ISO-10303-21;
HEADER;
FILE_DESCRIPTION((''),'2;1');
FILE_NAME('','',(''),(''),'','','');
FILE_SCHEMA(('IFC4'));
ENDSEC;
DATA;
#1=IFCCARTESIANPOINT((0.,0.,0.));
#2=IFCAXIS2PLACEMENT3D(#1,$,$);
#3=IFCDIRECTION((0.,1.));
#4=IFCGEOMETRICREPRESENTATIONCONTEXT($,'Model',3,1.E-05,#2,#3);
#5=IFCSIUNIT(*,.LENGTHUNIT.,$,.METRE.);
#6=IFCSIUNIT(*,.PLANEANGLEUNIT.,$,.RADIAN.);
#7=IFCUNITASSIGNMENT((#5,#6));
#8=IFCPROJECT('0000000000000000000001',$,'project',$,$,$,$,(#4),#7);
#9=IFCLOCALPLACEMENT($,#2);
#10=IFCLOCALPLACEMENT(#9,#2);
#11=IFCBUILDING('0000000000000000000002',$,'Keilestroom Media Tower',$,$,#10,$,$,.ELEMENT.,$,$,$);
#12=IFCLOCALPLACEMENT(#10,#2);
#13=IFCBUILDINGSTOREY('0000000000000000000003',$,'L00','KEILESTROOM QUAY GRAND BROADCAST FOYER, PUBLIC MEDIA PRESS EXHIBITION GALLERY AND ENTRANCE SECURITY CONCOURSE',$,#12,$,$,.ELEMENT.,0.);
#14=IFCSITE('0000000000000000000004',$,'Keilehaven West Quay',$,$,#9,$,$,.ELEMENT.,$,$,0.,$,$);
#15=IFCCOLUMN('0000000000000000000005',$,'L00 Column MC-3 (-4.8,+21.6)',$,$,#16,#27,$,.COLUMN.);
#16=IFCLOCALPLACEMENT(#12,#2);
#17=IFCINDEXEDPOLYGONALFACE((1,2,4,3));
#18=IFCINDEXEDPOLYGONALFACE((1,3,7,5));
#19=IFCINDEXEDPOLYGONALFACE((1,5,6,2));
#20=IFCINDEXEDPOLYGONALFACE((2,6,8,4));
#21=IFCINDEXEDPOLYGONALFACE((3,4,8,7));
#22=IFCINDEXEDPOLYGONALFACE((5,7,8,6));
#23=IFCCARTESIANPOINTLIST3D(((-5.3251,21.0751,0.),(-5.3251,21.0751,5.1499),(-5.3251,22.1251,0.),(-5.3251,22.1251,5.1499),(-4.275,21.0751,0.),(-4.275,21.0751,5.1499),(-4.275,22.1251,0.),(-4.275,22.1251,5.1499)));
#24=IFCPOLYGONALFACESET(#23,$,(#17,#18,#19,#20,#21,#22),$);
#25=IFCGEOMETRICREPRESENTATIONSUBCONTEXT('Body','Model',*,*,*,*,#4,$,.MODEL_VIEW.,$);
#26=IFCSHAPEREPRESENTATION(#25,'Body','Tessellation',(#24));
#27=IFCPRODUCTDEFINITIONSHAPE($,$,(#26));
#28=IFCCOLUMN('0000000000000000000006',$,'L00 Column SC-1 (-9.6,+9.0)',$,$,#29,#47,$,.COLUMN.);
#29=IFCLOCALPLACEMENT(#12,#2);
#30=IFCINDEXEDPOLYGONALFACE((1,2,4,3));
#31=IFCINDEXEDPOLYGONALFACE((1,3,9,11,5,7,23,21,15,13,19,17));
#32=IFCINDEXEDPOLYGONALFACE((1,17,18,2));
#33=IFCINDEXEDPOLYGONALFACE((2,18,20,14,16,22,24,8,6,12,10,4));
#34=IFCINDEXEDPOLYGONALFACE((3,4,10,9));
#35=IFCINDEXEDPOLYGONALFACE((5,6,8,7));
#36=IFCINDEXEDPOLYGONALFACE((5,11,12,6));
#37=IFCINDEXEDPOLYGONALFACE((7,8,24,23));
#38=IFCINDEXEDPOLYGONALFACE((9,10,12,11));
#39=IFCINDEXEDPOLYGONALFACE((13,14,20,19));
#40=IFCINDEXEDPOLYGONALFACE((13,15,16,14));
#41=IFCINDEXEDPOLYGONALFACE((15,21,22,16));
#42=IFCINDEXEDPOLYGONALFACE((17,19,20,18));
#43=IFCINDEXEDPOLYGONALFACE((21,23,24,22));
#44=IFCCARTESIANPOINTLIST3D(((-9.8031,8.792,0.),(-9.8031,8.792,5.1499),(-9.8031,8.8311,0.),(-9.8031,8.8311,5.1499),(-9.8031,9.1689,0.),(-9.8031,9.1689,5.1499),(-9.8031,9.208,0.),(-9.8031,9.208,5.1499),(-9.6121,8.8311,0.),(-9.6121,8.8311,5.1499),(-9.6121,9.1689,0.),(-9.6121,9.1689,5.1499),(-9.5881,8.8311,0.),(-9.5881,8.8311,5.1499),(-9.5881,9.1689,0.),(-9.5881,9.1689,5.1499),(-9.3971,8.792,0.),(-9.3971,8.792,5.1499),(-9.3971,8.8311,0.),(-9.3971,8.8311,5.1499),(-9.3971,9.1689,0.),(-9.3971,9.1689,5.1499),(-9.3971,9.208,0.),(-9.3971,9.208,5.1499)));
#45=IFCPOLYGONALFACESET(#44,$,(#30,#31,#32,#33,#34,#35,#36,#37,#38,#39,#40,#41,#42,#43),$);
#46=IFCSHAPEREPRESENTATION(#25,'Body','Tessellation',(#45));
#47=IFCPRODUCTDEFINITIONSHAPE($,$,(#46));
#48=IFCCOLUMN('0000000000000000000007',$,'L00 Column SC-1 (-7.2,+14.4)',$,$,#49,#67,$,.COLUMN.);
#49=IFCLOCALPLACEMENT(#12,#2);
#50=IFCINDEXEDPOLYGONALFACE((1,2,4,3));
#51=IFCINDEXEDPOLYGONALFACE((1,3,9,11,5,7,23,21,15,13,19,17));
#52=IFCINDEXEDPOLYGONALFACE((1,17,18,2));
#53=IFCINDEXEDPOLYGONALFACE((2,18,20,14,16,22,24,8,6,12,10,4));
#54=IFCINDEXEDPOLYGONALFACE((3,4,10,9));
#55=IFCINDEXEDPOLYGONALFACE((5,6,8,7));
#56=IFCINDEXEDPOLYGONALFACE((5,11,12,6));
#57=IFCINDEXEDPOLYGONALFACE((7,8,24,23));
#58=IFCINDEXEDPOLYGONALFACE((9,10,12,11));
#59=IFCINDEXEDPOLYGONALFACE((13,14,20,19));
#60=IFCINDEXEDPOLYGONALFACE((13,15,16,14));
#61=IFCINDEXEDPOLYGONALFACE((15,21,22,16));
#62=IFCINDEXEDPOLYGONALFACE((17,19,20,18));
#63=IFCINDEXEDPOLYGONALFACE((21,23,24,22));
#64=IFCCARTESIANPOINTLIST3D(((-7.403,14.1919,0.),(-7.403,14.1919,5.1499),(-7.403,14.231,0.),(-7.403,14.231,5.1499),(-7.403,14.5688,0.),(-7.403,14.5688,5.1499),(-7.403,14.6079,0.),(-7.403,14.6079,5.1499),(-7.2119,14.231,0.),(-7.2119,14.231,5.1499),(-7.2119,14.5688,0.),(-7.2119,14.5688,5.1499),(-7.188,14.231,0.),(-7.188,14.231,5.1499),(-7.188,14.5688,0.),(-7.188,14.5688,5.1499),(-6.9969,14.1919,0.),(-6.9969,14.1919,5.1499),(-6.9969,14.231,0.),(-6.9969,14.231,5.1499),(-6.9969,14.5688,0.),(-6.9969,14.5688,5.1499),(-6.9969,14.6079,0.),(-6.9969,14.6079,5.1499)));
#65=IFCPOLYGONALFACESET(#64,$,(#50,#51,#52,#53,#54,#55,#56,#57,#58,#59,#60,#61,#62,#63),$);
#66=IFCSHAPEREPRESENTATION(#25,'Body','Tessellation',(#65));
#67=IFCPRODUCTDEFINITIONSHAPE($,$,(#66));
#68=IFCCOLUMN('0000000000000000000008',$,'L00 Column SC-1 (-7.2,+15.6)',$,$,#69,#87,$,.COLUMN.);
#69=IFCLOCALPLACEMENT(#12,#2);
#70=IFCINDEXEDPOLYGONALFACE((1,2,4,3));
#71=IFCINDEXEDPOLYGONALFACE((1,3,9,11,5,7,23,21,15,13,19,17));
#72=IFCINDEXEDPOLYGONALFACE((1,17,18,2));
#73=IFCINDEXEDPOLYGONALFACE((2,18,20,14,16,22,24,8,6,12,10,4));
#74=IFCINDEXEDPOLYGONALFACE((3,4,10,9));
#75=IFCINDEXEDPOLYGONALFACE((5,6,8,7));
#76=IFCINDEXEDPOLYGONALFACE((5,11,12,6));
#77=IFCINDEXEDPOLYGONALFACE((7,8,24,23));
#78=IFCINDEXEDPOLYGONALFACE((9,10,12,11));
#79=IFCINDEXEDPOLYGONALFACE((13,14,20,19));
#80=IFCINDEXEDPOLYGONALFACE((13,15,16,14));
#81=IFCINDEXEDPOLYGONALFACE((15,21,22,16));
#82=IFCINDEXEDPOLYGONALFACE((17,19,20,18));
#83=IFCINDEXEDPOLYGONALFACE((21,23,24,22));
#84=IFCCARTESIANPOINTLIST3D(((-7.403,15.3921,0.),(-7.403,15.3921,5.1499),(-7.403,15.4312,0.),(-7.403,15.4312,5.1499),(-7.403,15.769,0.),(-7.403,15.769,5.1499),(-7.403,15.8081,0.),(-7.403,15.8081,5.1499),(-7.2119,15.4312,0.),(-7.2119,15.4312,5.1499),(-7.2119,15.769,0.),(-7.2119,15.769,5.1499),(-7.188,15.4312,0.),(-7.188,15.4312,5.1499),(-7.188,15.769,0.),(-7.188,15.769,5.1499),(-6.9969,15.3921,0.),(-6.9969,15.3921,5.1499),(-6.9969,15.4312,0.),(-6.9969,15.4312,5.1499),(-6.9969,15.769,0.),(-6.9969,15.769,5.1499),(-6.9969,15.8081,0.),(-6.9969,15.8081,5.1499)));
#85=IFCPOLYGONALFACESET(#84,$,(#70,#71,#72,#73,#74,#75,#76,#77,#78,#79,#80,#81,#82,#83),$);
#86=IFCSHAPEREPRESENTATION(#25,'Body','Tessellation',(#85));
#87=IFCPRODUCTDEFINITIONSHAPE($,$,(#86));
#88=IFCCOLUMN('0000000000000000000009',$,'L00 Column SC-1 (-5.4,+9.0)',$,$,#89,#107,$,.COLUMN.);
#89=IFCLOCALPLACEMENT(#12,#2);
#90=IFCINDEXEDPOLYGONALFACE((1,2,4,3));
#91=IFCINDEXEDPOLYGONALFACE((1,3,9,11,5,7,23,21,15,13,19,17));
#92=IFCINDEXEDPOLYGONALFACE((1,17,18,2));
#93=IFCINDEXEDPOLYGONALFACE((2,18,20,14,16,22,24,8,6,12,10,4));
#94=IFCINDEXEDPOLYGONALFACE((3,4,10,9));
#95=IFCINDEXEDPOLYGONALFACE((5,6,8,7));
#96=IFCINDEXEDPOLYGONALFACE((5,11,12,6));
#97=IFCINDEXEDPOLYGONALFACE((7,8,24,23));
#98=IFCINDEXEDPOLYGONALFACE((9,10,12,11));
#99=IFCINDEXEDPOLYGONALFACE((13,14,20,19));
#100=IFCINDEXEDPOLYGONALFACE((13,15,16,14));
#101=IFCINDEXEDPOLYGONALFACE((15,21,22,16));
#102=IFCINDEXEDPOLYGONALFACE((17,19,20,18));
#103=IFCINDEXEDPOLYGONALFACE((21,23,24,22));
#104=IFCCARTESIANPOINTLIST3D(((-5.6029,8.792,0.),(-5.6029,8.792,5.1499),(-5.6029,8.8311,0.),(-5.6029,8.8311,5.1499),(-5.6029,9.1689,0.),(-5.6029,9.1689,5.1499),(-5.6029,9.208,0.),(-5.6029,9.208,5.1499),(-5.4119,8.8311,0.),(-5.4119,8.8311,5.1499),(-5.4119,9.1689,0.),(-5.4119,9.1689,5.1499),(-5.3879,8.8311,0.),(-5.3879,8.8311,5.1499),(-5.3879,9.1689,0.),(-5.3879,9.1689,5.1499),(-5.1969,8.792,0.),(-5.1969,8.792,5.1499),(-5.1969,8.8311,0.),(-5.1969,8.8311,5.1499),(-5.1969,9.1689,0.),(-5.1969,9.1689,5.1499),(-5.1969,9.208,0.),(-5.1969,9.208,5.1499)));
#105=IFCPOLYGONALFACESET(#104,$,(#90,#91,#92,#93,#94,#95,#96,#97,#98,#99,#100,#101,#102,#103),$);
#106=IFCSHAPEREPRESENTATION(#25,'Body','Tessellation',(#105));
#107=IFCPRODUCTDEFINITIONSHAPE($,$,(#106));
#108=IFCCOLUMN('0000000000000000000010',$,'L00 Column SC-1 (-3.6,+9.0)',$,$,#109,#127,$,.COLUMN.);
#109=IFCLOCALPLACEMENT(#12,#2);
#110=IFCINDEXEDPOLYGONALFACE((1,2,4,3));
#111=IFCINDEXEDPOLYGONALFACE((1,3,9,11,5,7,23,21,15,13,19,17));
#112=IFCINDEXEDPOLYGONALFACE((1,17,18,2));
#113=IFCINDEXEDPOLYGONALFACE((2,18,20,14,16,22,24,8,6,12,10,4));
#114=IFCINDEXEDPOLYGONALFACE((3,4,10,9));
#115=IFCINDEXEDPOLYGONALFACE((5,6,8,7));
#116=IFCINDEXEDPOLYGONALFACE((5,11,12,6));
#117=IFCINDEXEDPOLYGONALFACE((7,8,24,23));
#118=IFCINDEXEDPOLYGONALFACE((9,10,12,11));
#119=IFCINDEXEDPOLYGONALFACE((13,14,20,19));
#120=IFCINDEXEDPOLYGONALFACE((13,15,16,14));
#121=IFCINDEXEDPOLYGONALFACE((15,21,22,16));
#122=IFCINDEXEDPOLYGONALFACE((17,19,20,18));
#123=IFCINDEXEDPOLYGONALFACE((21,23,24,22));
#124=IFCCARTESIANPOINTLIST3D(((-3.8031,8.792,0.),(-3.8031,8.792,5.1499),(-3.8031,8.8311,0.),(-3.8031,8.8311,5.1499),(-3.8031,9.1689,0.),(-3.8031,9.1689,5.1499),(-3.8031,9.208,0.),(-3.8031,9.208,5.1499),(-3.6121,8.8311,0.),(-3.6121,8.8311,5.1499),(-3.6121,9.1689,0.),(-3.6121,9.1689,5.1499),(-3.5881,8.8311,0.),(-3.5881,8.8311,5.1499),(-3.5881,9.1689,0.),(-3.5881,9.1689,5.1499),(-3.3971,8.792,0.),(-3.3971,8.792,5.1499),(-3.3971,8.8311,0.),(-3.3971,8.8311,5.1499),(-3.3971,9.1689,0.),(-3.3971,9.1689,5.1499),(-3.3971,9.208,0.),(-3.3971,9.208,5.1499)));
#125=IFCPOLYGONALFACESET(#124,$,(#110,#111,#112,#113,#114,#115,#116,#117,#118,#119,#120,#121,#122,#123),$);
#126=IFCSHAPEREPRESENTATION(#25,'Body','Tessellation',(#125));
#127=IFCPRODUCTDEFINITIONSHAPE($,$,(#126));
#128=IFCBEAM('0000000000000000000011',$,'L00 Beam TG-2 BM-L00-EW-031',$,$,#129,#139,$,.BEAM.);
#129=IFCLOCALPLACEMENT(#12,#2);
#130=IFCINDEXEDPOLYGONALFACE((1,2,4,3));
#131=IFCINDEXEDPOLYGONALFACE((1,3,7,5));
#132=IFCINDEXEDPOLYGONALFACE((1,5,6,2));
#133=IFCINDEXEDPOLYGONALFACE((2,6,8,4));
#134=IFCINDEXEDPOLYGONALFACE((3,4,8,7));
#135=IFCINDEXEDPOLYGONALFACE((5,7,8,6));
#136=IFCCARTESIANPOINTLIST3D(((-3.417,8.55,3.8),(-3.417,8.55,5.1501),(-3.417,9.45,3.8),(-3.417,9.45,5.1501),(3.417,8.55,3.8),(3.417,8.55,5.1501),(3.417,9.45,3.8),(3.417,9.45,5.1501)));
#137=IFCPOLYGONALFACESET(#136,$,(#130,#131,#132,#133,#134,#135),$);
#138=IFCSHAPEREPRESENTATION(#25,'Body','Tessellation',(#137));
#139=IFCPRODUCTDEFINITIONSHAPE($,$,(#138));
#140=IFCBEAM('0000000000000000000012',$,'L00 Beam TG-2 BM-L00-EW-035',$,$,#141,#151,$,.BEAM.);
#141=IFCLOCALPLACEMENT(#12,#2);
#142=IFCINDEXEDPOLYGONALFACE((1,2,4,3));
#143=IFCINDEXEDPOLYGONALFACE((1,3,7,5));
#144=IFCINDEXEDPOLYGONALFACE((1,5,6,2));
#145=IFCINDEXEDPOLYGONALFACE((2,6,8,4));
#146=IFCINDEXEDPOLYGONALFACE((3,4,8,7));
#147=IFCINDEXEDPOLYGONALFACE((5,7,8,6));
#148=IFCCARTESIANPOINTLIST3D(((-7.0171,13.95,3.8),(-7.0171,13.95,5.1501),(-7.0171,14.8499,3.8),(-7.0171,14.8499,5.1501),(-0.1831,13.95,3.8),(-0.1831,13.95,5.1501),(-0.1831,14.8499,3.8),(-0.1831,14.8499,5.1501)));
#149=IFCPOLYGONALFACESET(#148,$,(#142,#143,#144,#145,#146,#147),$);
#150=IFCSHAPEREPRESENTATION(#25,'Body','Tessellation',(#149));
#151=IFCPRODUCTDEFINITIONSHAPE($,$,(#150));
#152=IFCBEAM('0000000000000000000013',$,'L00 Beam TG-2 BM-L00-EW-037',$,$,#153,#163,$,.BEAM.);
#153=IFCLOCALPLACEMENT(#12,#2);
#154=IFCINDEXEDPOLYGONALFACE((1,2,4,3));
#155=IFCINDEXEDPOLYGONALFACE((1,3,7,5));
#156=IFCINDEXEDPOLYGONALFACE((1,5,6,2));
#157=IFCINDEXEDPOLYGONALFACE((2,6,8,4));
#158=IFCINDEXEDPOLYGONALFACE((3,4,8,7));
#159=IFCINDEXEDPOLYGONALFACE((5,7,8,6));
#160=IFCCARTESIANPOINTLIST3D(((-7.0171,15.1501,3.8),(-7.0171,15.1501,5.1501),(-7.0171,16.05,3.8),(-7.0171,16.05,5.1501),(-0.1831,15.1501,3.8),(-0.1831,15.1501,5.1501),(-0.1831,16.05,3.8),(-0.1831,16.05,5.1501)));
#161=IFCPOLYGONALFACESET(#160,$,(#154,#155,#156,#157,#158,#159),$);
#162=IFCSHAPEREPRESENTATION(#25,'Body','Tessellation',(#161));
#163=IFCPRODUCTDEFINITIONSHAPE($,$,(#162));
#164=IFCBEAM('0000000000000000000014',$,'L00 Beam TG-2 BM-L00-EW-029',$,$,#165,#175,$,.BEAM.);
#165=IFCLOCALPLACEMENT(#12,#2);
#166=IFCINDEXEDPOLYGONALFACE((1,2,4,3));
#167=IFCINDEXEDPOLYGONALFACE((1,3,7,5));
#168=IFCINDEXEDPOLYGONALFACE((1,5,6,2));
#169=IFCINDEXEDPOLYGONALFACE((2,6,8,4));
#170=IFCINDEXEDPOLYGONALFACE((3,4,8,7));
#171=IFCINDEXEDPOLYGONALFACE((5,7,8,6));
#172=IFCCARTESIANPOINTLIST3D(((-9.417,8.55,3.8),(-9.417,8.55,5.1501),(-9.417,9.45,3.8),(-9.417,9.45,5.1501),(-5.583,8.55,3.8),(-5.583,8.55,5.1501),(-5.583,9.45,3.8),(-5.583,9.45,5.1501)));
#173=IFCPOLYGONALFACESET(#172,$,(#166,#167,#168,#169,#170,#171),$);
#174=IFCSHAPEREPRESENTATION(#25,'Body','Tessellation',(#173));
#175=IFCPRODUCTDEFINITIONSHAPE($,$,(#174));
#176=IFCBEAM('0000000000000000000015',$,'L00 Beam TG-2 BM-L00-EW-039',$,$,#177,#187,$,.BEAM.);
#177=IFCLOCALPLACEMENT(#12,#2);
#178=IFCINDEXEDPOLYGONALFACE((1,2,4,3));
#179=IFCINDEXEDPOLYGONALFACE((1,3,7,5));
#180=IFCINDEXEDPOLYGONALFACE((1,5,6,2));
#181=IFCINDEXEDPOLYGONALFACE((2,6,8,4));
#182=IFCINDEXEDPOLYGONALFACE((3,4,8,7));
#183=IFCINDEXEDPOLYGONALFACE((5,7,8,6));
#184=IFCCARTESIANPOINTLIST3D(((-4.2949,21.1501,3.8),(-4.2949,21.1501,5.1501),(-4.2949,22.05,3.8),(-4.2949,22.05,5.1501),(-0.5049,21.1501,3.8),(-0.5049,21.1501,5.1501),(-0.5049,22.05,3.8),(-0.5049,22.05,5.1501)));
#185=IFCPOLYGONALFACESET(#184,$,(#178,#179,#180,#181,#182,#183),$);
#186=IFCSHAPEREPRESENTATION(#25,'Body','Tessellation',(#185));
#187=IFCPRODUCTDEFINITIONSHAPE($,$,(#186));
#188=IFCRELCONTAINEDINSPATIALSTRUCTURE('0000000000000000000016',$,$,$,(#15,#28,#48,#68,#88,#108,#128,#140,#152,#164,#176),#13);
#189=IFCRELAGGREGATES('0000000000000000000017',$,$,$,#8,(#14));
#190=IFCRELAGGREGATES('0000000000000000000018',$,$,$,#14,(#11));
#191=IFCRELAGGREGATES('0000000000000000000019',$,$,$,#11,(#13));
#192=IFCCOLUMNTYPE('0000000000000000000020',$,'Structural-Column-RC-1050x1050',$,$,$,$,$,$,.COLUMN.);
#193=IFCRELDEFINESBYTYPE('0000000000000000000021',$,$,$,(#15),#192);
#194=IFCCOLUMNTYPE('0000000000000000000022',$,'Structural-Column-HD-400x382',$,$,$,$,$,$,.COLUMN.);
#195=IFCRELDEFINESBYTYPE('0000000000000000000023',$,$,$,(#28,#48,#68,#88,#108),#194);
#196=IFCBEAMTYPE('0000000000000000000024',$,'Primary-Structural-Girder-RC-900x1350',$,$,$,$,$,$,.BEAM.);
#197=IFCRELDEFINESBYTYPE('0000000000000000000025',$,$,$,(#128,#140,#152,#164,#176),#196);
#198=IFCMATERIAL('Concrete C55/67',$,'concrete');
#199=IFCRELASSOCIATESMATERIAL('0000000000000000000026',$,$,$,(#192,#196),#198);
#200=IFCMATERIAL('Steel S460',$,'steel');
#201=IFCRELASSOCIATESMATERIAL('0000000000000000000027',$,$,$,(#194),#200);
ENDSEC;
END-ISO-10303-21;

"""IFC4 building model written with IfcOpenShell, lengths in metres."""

from ifc_helpers import new_model, si_unit, direction, frame, origin, origin_2d, place, context, subcontext, project, spatial, rectangle, i_section, extrude, source, transform, mapped, material, material_profile, profile_set, type_object, element, save


model = new_model("IFC4")

# Units and contexts
model_context = context("Model", 3, precision=1e-05, world=origin(), true_north=direction((0.0, 1.0)))
body_context = subcontext(model_context, "Body", "Model", "MODEL_VIEW")
ifc_project = project(units=[si_unit("LENGTHUNIT", "METRE"), si_unit("PLANEANGLEUNIT", "RADIAN")], contexts=[model_context])

# Site, building, storey
site_placement = place(None, origin())
site = spatial("IfcSite", under=ifc_project, at=site_placement, Name="Keilehaven West Quay", CompositionType="ELEMENT", RefElevation=0.0)
building_placement = place(site_placement, origin())
building = spatial("IfcBuilding", under=site, at=building_placement, Name="Keilestroom Media Tower", CompositionType="ELEMENT")
storey_placement = place(building_placement, origin())
storey = spatial("IfcBuildingStorey", under=building, at=storey_placement, Name="L00", Description="KEILESTROOM QUAY GRAND BROADCAST FOYER, PUBLIC MEDIA PRESS EXHIBITION GALLERY AND ENTRANCE SECURITY CONCOURSE", CompositionType="ELEMENT", Elevation=0.0)

# Columns
ifc_material_1 = material(Name="Concrete C55/67", Category="concrete")
ifc_material_profile_1 = material_profile(ifc_material_1, rectangle(XDim=1.05, YDim=1.05, at=origin_2d()), Name="RC 1050x1050")
ifc_profile_set_1 = profile_set([ifc_material_profile_1], Name="Concrete C55/67")
column_type_1 = type_object("IfcColumnType", Name="Structural-Column-RC-1050x1050", PredefinedType="COLUMN", material=ifc_profile_set_1)
shared_shape_1 = source(origin(), body_context, "Body", "SweptSolid", [
    extrude(rectangle(XDim=1.05, YDim=1.05, at=origin_2d()), origin(), (0.0, 0.0, 1.0), 5.1499),
])
column_placement = place(storey_placement, frame((-4.8, 21.6001, 0.0), z_axis=(0.0, 0.0, 1.0), x_axis=(1.0, 0.0, 0.0)))
element("IfcColumn", 1, at=column_placement, inside=storey, type_object=column_type_1, Name="L00 Column MC-3 (-4.8,+21.6)", PredefinedType="COLUMN", context=body_context, shape_type="MappedRepresentation", body=[
    mapped(shared_shape_1, transform((0.0, 0.0, 0.0), x_axis=(1.0, 0.0, 0.0), y_axis=(0.0, 1.0, 0.0), z_axis=(0.0, 0.0, 1.0), scale=1.0)),
])
ifc_material_2 = material(Name="Steel S460", Category="steel")
ifc_material_profile_2 = material_profile(ifc_material_2, i_section(OverallWidth=0.406, OverallDepth=0.416, WebThickness=0.0239, FlangeThickness=0.0391, at=origin_2d()), Name="HD 400x382")
ifc_profile_set_2 = profile_set([ifc_material_profile_2], Name="Steel S460")
column_type_2 = type_object("IfcColumnType", Name="Structural-Column-HD-400x382", PredefinedType="COLUMN", material=ifc_profile_set_2)
shared_shape_2 = source(origin(), body_context, "Body", "SweptSolid", [
    extrude(i_section(OverallWidth=0.406, OverallDepth=0.416, WebThickness=0.0239, FlangeThickness=0.0391, at=origin_2d()), origin(), (0.0, 0.0, 1.0), 5.1499),
])
for number, where, z_axis, x_axis, name in (
    (2, (-9.6001, 9.0, 0.0), (0.0, 0.0, 1.0), (1.0, 0.0, 0.0), "L00 Column SC-1 (-9.6,+9.0)"),
    (3, (-7.2, 14.3999, 0.0), (0.0, 0.0, 1.0), (1.0, 0.0, 0.0), "L00 Column SC-1 (-7.2,+14.4)"),
    (4, (-7.2, 15.6001, 0.0), (0.0, 0.0, 1.0), (1.0, 0.0, 0.0), "L00 Column SC-1 (-7.2,+15.6)"),
    (5, (-5.3999, 9.0, 0.0), (0.0, 0.0, 1.0), (1.0, 0.0, 0.0), "L00 Column SC-1 (-5.4,+9.0)"),
    (6, (-3.6001, 9.0, 0.0), (0.0, 0.0, 1.0), (1.0, 0.0, 0.0), "L00 Column SC-1 (-3.6,+9.0)"),
):
    element("IfcColumn", number, at=place(storey_placement, frame(where, z_axis=z_axis, x_axis=x_axis)), inside=storey, type_object=column_type_2, Name=name, PredefinedType="COLUMN", context=body_context, shape_type="MappedRepresentation", body=[
        mapped(shared_shape_2, transform((0.0, 0.0, 0.0), x_axis=(1.0, 0.0, 0.0), y_axis=(0.0, 1.0, 0.0), z_axis=(0.0, 0.0, 1.0), scale=1.0)),
    ])

# Beams
ifc_material_profile_3 = material_profile(ifc_material_1, rectangle(XDim=0.8999, YDim=1.3501, at=origin_2d()), Name="RC 900x1350")
ifc_profile_set_3 = profile_set([ifc_material_profile_3], Name="Concrete C55/67")
beam_type = type_object("IfcBeamType", Name="Primary-Structural-Girder-RC-900x1350", PredefinedType="BEAM", material=ifc_profile_set_3)
shared_shape_3 = source(origin(), body_context, "Body", "SweptSolid", [
    extrude(rectangle(XDim=0.8999, YDim=1.3501, at=origin_2d()), origin(), (0.0, 0.0, 1.0), 6.834),
])
for number, where, z_axis, x_axis, name in (
    (7, (-3.417, 9.0, 4.4751), (1.0, 0.0, 0.0), (0.0, 1.0, 0.0), "L00 Beam TG-2 BM-L00-EW-031"),
    (8, (-7.0171, 14.3999, 4.4751), (1.0, 0.0, 0.0), (0.0, 1.0, 0.0), "L00 Beam TG-2 BM-L00-EW-035"),
    (9, (-7.0171, 15.6001, 4.4751), (1.0, 0.0, 0.0), (0.0, 1.0, 0.0), "L00 Beam TG-2 BM-L00-EW-037"),
):
    element("IfcBeam", number, at=place(storey_placement, frame(where, z_axis=z_axis, x_axis=x_axis)), inside=storey, type_object=beam_type, Name=name, PredefinedType="BEAM", context=body_context, shape_type="MappedRepresentation", body=[
        mapped(shared_shape_3, transform((0.0, 0.0, 0.0), x_axis=(1.0, 0.0, 0.0), y_axis=(0.0, 1.0, 0.0), z_axis=(0.0, 0.0, 1.0), scale=1.0)),
    ])
shared_shape_4 = source(origin(), body_context, "Body", "SweptSolid", [
    extrude(rectangle(XDim=0.8999, YDim=1.3501, at=origin_2d()), origin(), (0.0, 0.0, 1.0), 3.834),
])
beam_1_placement = place(storey_placement, frame((-9.417, 9.0, 4.4751), z_axis=(1.0, 0.0, 0.0), x_axis=(0.0, 1.0, 0.0)))
element("IfcBeam", 10, at=beam_1_placement, inside=storey, type_object=beam_type, Name="L00 Beam TG-2 BM-L00-EW-029", PredefinedType="BEAM", context=body_context, shape_type="MappedRepresentation", body=[
    mapped(shared_shape_4, transform((0.0, 0.0, 0.0), x_axis=(1.0, 0.0, 0.0), y_axis=(0.0, 1.0, 0.0), z_axis=(0.0, 0.0, 1.0), scale=1.0)),
])
shared_shape_5 = source(origin(), body_context, "Body", "SweptSolid", [
    extrude(rectangle(XDim=0.8999, YDim=1.3501, at=origin_2d()), origin(), (0.0, 0.0, 1.0), 3.79),
])
beam_2_placement = place(storey_placement, frame((-4.2949, 21.6001, 4.4751), z_axis=(1.0, 0.0, 0.0), x_axis=(0.0, 1.0, 0.0)))
element("IfcBeam", 11, at=beam_2_placement, inside=storey, type_object=beam_type, Name="L00 Beam TG-2 BM-L00-EW-039", PredefinedType="BEAM", context=body_context, shape_type="MappedRepresentation", body=[
    mapped(shared_shape_5, transform((0.0, 0.0, 0.0), x_axis=(1.0, 0.0, 0.0), y_axis=(0.0, 1.0, 0.0), z_axis=(0.0, 0.0, 1.0), scale=1.0)),
])

save(model, "model.ifc")
